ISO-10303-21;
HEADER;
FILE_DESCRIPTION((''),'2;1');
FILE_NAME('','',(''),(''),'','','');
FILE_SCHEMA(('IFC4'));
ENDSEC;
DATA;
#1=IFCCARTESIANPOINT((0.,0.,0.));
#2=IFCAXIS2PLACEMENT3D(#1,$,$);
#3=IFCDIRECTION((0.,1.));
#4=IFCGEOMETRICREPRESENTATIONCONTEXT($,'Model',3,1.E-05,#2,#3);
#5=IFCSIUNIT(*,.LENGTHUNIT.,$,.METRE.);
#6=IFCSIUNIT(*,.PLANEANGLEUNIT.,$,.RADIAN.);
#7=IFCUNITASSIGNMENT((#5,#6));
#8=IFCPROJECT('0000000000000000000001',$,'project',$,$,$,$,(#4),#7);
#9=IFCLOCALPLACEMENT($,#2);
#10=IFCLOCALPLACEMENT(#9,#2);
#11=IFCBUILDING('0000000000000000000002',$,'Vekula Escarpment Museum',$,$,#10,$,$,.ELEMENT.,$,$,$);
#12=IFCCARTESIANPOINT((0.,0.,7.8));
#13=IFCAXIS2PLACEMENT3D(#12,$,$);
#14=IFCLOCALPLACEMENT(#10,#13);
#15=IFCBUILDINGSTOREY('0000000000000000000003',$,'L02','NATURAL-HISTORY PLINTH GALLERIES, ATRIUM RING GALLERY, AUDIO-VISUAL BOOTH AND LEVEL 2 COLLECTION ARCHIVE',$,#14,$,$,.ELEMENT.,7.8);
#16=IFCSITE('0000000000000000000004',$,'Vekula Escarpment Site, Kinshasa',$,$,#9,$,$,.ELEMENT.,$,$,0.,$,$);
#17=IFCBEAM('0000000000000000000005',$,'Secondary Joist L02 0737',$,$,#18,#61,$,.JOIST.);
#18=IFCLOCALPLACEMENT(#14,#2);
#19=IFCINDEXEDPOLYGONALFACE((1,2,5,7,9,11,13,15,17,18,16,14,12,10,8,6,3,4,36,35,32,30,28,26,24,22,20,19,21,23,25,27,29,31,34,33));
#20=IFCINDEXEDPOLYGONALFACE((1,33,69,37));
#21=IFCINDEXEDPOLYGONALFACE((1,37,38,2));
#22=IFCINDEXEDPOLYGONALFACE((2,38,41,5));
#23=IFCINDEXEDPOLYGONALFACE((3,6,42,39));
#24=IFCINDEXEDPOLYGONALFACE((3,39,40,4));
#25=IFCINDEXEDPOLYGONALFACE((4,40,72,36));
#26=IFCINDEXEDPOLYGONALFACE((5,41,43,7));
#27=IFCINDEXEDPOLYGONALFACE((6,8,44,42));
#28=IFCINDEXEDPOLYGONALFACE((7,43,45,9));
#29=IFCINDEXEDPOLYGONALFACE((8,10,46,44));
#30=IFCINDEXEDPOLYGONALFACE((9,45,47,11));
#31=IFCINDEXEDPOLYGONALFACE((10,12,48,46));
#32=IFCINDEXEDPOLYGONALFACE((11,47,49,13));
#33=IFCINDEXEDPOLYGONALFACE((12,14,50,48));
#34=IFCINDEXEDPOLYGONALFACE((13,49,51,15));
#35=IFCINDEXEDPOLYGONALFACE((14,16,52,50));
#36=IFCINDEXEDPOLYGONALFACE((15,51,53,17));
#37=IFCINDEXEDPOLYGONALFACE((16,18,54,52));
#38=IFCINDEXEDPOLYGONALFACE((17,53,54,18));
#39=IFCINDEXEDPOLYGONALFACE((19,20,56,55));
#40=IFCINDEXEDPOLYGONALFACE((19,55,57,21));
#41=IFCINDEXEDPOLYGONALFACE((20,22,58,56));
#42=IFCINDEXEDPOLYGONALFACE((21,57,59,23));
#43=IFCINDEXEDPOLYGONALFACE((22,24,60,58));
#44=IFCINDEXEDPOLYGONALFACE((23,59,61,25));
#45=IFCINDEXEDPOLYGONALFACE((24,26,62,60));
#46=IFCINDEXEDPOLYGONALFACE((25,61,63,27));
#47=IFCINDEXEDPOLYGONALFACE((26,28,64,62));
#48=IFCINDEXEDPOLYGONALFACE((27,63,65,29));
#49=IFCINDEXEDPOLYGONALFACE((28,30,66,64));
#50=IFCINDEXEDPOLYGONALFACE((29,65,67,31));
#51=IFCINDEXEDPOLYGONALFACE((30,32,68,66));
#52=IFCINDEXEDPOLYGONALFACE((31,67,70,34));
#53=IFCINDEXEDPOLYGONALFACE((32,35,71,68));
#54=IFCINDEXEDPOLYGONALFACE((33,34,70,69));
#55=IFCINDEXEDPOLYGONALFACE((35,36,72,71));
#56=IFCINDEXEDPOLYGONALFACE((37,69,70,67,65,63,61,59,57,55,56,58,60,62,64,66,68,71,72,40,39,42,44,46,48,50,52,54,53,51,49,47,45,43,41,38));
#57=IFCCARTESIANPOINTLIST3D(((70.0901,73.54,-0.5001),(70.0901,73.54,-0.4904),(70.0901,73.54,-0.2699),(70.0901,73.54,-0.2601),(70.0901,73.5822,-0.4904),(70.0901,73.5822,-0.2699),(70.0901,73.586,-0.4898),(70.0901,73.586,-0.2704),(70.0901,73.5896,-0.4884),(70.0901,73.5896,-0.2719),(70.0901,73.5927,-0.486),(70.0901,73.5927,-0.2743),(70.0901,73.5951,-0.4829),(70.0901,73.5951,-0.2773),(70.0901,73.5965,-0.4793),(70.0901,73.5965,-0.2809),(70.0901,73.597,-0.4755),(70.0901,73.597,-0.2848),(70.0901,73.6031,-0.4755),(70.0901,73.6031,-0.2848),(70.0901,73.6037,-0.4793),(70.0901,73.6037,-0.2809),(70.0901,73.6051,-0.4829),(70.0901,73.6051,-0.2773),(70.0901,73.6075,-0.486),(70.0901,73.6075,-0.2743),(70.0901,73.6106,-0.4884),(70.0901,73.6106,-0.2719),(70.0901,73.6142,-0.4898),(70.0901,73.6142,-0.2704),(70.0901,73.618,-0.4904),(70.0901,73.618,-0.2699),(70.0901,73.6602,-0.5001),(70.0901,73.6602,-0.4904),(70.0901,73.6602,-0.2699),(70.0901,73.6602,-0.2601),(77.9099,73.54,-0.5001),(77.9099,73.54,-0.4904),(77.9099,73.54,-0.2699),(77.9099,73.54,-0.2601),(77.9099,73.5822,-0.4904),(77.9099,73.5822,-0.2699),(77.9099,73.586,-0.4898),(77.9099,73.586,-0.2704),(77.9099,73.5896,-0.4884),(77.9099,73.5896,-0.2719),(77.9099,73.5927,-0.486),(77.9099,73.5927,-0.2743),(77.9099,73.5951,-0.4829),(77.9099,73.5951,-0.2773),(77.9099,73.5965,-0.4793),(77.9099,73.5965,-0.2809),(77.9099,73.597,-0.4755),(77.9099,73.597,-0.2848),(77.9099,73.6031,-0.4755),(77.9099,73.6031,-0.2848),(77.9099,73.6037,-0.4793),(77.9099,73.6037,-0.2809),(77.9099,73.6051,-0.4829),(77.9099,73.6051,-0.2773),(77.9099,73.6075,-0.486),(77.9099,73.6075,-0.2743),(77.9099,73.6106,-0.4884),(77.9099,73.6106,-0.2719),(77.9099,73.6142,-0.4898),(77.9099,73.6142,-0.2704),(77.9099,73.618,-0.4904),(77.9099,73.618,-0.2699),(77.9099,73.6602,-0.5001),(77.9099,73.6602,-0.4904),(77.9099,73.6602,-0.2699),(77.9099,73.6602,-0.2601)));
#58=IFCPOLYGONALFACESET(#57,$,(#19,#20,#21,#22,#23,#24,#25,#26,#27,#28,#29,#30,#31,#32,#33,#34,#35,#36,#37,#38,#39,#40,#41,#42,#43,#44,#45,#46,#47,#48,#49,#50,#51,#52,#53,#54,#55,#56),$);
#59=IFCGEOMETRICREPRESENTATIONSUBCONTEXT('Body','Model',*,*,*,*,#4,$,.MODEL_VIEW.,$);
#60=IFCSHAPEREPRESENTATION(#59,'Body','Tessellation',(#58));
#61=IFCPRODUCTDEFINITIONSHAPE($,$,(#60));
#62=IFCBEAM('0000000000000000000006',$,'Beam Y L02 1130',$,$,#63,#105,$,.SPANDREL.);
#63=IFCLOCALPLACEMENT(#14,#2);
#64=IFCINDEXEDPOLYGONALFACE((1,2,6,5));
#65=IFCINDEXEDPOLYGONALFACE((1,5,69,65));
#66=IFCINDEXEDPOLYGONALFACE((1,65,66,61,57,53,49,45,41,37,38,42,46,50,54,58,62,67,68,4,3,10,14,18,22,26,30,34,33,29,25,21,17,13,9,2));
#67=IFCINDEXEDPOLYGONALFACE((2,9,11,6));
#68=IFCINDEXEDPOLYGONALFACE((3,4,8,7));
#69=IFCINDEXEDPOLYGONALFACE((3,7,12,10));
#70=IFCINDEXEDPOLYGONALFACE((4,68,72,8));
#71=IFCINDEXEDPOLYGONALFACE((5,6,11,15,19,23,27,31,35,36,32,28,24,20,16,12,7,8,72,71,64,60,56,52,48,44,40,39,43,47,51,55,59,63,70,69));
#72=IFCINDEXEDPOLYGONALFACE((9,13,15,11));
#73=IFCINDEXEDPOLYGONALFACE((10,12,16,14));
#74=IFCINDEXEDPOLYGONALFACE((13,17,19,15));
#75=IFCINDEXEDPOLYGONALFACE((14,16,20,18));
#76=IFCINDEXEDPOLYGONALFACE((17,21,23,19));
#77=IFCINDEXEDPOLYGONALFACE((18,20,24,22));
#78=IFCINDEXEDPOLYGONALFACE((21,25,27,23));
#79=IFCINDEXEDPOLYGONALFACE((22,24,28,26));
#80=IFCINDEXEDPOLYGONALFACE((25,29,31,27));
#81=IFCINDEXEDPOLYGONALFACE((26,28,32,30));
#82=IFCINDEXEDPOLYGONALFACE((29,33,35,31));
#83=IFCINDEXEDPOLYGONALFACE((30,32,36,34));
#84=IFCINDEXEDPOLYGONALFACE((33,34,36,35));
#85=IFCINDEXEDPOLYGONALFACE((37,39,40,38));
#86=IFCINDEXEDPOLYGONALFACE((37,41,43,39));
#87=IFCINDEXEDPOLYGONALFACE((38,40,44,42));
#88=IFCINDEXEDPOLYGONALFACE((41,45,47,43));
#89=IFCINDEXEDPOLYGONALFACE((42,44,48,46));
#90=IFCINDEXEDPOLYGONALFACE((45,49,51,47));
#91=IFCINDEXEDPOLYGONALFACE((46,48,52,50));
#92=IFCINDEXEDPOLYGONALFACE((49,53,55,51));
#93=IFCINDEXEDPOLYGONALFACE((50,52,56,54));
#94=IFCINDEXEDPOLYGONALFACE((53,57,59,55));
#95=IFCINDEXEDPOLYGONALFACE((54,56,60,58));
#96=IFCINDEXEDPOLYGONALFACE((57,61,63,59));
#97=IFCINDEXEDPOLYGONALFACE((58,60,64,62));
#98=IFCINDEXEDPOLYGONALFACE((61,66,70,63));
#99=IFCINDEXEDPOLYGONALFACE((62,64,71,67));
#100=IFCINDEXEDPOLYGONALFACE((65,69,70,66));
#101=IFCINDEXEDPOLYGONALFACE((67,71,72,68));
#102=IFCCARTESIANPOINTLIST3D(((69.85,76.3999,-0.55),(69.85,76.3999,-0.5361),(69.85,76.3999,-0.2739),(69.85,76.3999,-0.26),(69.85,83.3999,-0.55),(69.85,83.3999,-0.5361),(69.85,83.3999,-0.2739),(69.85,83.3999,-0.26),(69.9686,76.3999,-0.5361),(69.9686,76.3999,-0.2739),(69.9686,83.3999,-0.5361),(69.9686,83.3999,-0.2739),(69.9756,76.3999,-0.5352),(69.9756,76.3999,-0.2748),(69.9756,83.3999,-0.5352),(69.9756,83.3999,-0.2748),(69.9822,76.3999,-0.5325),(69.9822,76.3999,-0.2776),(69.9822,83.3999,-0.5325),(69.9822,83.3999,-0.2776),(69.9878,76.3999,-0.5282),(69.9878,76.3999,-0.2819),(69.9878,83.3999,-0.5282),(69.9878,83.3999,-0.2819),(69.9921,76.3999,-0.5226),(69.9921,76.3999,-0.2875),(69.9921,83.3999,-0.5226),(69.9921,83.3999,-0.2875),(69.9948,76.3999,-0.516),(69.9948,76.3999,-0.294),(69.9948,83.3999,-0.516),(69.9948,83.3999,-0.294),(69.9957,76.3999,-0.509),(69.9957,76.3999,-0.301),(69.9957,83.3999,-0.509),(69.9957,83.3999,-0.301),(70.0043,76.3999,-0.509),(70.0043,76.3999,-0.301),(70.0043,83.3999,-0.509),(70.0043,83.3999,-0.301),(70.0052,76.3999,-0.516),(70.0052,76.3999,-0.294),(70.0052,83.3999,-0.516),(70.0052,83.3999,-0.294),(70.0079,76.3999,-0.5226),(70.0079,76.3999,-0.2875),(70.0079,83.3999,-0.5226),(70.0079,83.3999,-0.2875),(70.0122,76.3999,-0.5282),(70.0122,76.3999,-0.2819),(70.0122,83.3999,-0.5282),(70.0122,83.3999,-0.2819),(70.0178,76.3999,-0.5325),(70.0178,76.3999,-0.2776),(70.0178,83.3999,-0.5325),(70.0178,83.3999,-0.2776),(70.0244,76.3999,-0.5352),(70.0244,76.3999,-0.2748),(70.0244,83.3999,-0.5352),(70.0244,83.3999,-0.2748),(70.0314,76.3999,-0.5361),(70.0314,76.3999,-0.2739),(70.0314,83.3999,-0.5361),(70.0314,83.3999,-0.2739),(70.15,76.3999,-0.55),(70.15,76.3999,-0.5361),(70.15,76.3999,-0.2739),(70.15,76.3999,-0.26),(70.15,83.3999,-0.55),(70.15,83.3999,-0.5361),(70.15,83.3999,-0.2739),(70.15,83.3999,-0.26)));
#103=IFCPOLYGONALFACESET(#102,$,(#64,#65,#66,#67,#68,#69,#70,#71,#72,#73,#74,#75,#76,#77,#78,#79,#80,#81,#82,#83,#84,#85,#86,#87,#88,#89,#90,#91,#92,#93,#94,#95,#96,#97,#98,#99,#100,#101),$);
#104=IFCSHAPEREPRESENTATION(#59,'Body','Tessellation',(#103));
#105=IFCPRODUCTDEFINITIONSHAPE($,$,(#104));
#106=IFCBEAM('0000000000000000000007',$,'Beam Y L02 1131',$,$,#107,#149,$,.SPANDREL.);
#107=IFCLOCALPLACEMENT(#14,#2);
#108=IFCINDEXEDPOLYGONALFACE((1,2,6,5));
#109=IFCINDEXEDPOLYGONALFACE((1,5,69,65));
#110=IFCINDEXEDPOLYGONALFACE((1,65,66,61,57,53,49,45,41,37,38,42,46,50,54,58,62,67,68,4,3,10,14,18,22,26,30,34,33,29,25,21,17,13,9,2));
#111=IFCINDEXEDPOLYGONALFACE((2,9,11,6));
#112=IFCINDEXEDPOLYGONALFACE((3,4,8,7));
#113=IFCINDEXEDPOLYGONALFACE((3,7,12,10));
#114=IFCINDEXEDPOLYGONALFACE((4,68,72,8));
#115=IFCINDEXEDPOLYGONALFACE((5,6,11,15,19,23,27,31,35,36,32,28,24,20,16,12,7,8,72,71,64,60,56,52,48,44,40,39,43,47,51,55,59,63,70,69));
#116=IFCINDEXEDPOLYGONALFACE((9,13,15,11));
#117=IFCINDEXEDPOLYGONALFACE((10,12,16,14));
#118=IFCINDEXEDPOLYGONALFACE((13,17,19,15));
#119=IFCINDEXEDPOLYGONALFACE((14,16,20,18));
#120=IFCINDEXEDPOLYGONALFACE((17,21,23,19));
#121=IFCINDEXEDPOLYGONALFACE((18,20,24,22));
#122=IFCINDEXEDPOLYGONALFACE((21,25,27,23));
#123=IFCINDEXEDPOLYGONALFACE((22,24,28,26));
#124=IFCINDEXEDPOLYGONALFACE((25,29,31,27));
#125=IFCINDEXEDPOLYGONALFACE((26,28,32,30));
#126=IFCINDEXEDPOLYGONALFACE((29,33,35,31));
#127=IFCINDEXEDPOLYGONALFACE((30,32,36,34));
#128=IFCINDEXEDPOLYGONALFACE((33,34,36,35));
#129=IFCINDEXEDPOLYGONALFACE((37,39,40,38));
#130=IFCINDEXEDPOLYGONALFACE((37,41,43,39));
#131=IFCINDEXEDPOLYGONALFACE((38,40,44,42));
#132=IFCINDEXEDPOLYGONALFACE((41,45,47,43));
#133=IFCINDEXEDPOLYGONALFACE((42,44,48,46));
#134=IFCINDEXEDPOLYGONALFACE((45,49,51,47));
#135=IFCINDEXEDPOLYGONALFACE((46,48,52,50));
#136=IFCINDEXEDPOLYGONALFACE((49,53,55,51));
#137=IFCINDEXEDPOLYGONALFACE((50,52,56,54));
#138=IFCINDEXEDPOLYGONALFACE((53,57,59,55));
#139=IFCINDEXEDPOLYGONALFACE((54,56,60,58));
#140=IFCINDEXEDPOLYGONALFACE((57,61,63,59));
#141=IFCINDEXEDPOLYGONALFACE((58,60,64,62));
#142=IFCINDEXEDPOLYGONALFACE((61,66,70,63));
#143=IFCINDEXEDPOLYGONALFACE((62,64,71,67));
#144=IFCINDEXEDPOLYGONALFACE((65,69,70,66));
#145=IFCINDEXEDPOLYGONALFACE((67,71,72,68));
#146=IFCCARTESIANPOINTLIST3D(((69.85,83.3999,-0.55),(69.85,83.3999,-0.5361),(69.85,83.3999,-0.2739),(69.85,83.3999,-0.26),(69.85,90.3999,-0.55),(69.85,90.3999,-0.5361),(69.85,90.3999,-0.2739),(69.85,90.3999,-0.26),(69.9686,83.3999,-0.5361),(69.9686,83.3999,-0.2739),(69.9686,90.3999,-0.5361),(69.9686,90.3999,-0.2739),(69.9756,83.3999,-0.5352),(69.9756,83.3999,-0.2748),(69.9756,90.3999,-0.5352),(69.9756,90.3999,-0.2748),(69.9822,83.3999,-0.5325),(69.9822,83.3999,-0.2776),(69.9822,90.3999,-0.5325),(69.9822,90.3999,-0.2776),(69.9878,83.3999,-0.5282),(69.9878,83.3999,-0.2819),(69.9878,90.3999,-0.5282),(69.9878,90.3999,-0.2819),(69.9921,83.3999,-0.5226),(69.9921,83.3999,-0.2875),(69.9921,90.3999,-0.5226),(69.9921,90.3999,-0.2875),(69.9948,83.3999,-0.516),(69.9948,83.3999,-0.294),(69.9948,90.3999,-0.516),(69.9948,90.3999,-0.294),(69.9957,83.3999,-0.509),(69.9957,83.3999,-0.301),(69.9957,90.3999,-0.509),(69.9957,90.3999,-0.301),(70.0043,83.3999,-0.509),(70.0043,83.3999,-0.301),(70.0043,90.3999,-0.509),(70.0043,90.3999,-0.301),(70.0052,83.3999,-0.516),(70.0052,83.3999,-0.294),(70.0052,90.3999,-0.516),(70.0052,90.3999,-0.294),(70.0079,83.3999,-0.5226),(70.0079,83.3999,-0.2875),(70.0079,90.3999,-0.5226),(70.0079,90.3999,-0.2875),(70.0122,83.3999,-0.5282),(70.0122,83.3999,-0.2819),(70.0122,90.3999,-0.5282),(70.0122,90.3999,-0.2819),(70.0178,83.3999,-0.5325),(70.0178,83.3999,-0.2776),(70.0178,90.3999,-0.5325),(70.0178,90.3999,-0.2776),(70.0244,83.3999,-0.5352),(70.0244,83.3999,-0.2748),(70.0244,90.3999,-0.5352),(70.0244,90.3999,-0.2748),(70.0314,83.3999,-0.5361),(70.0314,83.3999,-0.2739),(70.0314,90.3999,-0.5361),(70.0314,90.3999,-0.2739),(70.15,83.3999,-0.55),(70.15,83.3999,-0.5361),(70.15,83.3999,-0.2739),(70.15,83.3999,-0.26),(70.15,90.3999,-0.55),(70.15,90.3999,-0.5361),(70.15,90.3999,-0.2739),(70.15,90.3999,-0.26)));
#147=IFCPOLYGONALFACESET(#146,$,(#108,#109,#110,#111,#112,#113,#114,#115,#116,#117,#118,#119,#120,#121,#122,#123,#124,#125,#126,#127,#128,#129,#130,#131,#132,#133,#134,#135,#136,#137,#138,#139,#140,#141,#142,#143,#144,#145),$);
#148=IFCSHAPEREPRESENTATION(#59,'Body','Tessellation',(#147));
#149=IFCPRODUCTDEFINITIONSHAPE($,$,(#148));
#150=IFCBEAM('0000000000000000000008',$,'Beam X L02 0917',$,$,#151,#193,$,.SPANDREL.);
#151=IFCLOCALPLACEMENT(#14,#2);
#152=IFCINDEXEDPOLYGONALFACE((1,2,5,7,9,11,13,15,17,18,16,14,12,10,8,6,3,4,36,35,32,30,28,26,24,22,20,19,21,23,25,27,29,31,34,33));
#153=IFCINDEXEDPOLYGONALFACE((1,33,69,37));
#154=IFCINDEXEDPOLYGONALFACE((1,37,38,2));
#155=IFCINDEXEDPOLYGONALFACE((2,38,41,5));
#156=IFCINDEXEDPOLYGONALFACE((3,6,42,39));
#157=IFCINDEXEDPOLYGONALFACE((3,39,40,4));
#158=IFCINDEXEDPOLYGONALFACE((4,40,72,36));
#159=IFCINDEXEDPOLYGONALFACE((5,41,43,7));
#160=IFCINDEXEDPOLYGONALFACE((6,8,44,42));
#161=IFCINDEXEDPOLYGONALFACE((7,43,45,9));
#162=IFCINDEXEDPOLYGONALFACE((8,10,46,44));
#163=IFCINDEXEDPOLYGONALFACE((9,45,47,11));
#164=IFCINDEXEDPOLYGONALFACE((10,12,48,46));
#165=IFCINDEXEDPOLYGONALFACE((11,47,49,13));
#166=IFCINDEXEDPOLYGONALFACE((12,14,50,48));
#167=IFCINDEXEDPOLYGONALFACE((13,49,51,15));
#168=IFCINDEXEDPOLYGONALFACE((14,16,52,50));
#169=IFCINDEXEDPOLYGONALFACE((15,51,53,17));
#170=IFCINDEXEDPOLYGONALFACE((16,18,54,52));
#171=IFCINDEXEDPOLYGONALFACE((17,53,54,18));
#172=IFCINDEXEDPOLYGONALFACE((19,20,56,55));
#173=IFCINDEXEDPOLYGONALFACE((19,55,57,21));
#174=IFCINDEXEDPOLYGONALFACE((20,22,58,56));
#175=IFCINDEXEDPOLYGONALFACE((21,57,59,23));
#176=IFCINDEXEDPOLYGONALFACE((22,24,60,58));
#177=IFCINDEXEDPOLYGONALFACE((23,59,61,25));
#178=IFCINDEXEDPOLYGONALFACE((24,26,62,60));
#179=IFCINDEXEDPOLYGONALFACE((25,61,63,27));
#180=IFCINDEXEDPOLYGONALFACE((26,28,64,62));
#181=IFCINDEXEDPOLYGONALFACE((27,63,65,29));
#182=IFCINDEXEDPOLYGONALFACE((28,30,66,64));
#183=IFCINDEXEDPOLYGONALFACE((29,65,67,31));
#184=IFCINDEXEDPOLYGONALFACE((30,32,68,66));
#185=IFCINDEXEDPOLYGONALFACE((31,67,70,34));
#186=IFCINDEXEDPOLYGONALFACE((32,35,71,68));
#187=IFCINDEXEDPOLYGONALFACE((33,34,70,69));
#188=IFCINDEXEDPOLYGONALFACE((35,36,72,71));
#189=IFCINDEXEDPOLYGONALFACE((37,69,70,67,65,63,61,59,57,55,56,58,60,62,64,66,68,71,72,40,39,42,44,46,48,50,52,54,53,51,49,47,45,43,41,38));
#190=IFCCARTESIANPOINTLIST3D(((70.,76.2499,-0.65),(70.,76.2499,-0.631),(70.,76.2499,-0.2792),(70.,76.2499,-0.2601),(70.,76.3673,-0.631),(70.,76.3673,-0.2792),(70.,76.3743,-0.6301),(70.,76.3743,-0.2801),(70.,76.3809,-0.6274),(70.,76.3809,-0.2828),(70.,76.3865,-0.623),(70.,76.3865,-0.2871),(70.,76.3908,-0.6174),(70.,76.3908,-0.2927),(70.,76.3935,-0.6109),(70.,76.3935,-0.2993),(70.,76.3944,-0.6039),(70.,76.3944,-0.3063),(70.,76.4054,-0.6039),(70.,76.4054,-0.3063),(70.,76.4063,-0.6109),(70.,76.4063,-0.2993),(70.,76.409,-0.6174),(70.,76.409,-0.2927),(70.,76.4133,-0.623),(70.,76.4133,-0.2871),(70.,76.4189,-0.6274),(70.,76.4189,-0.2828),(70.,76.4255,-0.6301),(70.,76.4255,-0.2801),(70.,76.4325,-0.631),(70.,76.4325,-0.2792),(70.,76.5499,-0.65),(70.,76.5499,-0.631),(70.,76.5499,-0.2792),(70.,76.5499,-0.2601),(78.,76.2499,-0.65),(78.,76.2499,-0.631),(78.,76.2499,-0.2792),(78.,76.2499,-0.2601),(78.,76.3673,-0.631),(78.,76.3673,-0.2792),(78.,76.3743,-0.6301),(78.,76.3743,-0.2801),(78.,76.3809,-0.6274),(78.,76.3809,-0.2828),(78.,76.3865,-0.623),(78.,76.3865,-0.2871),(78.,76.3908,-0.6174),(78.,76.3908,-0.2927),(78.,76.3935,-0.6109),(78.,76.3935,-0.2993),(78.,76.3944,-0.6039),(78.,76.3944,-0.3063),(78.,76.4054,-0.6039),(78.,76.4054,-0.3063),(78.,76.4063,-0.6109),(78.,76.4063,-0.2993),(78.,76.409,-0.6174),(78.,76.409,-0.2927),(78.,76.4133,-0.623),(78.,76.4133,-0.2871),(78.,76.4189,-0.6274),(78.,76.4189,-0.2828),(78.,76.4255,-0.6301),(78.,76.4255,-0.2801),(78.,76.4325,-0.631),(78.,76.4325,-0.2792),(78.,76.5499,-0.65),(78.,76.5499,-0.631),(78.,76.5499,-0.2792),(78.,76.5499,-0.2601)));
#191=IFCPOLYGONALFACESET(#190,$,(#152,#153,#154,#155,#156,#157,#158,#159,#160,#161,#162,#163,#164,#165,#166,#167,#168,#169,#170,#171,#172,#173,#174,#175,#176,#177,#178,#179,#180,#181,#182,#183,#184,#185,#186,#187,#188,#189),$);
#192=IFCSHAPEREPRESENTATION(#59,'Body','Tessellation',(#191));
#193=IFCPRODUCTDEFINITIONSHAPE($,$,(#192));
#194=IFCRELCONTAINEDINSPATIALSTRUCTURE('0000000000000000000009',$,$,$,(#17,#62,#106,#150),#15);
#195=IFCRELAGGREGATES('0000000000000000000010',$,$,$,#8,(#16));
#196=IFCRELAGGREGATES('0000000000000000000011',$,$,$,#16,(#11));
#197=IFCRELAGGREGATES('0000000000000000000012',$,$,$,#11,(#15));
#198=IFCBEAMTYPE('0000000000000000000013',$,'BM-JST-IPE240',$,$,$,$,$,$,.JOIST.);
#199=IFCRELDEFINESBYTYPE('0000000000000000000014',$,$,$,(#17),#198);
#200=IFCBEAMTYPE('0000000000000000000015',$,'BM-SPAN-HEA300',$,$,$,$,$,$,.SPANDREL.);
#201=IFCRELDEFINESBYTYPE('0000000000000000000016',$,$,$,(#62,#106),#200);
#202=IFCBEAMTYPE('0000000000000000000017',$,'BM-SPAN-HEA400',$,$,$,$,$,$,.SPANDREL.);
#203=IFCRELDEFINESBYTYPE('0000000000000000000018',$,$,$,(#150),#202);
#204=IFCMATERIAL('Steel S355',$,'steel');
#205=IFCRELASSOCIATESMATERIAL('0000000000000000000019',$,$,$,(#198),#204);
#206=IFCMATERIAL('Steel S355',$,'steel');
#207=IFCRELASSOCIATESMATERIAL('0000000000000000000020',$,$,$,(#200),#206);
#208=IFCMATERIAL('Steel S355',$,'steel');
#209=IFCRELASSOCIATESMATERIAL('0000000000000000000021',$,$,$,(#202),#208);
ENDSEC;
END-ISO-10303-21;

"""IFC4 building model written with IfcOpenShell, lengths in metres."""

from ifc_helpers import new_model, si_unit, direction, frame, origin, origin_2d, place, context, subcontext, project, spatial, i_section, extrude, material, material_profile, profile_set, type_object, element, save


model = new_model("IFC4")

# Units and contexts
model_context = context("Model", 3, precision=1e-05, world=origin(), true_north=direction((0.0, 1.0)))
body_context = subcontext(model_context, "Body", "Model", "MODEL_VIEW")
ifc_project = project(units=[si_unit("LENGTHUNIT", "METRE"), si_unit("PLANEANGLEUNIT", "RADIAN")], contexts=[model_context])

# Site, building, storey
site_placement = place(None, origin())
site = spatial("IfcSite", under=ifc_project, at=site_placement, Name="Vekula Escarpment Site, Kinshasa", CompositionType="ELEMENT", RefElevation=0.0)
building_placement = place(site_placement, origin())
building = spatial("IfcBuilding", under=site, at=building_placement, Name="Vekula Escarpment Museum", CompositionType="ELEMENT")
storey_placement = place(building_placement, frame((0.0, 0.0, 7.8)))
storey = spatial("IfcBuildingStorey", under=building, at=storey_placement, Name="L02", Description="NATURAL-HISTORY PLINTH GALLERIES, ATRIUM RING GALLERY, AUDIO-VISUAL BOOTH AND LEVEL 2 COLLECTION ARCHIVE", CompositionType="ELEMENT", Elevation=7.8)

# Beams
ifc_material_1 = material(Name="Steel S355", Category="steel")
ifc_material_profile_1 = material_profile(ifc_material_1, i_section(OverallWidth=0.1201, OverallDepth=0.24, WebThickness=0.0061, FlangeThickness=0.0098, FilletRadius=0.0149, at=origin_2d()), Name="IPE 240")
ifc_profile_set_1 = profile_set([ifc_material_profile_1], Name="Steel S355")
beam_type_1 = type_object("IfcBeamType", Name="BM-JST-IPE240", PredefinedType="JOIST", material=ifc_profile_set_1)
for number, where, z_axis, x_axis, name in (
    (1, (70.0901, 73.6001, -0.3801), (1.0, 0.0, 0.0), (0.0, 1.0, 0.0), "Secondary Joist L02 0737"),
):
    element("IfcBeam", number, at=place(storey_placement, frame(where, z_axis=z_axis, x_axis=x_axis)), inside=storey, type_object=beam_type_1, Name=name, PredefinedType="JOIST", context=body_context, shape_type="SweptSolid", body=[
        extrude(i_section(OverallWidth=0.1201, OverallDepth=0.24, WebThickness=0.0061, FlangeThickness=0.0098, FilletRadius=0.0149, at=origin_2d()), origin(), (0.0, 0.0, 1.0), 7.8198),
    ])
ifc_material_2 = material(Name="Steel S355", Category="steel")
ifc_material_profile_2 = material_profile(ifc_material_2, i_section(OverallWidth=0.3, OverallDepth=0.29, WebThickness=0.0085, FlangeThickness=0.0139, FilletRadius=0.0271, at=origin_2d()), Name="HEA 300")
ifc_profile_set_2 = profile_set([ifc_material_profile_2], Name="Steel S355")
beam_type_2 = type_object("IfcBeamType", Name="BM-SPAN-HEA300", PredefinedType="SPANDREL", material=ifc_profile_set_2)
for number, where, z_axis, x_axis, name in (
    (2, (70.0, 76.3999, -0.405), (0.0, 1.0, 0.0), (-1.0, 0.0, 0.0), "Beam Y L02 1130"),
    (3, (70.0, 83.3999, -0.405), (0.0, 1.0, 0.0), (-1.0, 0.0, 0.0), "Beam Y L02 1131"),
):
    element("IfcBeam", number, at=place(storey_placement, frame(where, z_axis=z_axis, x_axis=x_axis)), inside=storey, type_object=beam_type_2, Name=name, PredefinedType="SPANDREL", context=body_context, shape_type="SweptSolid", body=[
        extrude(i_section(OverallWidth=0.3, OverallDepth=0.29, WebThickness=0.0085, FlangeThickness=0.0139, FilletRadius=0.0271, at=origin_2d()), origin(), (0.0, 0.0, 1.0), 7.0),
    ])
ifc_material_3 = material(Name="Steel S355", Category="steel")
ifc_material_profile_3 = material_profile(ifc_material_3, i_section(OverallWidth=0.3, OverallDepth=0.3899, WebThickness=0.011, FlangeThickness=0.019, FilletRadius=0.0271, at=origin_2d()), Name="HEA 400")
ifc_profile_set_3 = profile_set([ifc_material_profile_3], Name="Steel S355")
beam_type_3 = type_object("IfcBeamType", Name="BM-SPAN-HEA400", PredefinedType="SPANDREL", material=ifc_profile_set_3)
beam_1_placement = place(storey_placement, frame((70.0, 76.3999, -0.4551), z_axis=(1.0, 0.0, 0.0), x_axis=(0.0, 1.0, 0.0)))
element("IfcBeam", 4, at=beam_1_placement, inside=storey, type_object=beam_type_3, Name="Beam X L02 0917", PredefinedType="SPANDREL", context=body_context, shape_type="SweptSolid", body=[
    extrude(i_section(OverallWidth=0.3, OverallDepth=0.3899, WebThickness=0.011, FlangeThickness=0.019, FilletRadius=0.0271, at=origin_2d()), origin(), (0.0, 0.0, 1.0), 8.0),
])

save(model, "model.ifc")
